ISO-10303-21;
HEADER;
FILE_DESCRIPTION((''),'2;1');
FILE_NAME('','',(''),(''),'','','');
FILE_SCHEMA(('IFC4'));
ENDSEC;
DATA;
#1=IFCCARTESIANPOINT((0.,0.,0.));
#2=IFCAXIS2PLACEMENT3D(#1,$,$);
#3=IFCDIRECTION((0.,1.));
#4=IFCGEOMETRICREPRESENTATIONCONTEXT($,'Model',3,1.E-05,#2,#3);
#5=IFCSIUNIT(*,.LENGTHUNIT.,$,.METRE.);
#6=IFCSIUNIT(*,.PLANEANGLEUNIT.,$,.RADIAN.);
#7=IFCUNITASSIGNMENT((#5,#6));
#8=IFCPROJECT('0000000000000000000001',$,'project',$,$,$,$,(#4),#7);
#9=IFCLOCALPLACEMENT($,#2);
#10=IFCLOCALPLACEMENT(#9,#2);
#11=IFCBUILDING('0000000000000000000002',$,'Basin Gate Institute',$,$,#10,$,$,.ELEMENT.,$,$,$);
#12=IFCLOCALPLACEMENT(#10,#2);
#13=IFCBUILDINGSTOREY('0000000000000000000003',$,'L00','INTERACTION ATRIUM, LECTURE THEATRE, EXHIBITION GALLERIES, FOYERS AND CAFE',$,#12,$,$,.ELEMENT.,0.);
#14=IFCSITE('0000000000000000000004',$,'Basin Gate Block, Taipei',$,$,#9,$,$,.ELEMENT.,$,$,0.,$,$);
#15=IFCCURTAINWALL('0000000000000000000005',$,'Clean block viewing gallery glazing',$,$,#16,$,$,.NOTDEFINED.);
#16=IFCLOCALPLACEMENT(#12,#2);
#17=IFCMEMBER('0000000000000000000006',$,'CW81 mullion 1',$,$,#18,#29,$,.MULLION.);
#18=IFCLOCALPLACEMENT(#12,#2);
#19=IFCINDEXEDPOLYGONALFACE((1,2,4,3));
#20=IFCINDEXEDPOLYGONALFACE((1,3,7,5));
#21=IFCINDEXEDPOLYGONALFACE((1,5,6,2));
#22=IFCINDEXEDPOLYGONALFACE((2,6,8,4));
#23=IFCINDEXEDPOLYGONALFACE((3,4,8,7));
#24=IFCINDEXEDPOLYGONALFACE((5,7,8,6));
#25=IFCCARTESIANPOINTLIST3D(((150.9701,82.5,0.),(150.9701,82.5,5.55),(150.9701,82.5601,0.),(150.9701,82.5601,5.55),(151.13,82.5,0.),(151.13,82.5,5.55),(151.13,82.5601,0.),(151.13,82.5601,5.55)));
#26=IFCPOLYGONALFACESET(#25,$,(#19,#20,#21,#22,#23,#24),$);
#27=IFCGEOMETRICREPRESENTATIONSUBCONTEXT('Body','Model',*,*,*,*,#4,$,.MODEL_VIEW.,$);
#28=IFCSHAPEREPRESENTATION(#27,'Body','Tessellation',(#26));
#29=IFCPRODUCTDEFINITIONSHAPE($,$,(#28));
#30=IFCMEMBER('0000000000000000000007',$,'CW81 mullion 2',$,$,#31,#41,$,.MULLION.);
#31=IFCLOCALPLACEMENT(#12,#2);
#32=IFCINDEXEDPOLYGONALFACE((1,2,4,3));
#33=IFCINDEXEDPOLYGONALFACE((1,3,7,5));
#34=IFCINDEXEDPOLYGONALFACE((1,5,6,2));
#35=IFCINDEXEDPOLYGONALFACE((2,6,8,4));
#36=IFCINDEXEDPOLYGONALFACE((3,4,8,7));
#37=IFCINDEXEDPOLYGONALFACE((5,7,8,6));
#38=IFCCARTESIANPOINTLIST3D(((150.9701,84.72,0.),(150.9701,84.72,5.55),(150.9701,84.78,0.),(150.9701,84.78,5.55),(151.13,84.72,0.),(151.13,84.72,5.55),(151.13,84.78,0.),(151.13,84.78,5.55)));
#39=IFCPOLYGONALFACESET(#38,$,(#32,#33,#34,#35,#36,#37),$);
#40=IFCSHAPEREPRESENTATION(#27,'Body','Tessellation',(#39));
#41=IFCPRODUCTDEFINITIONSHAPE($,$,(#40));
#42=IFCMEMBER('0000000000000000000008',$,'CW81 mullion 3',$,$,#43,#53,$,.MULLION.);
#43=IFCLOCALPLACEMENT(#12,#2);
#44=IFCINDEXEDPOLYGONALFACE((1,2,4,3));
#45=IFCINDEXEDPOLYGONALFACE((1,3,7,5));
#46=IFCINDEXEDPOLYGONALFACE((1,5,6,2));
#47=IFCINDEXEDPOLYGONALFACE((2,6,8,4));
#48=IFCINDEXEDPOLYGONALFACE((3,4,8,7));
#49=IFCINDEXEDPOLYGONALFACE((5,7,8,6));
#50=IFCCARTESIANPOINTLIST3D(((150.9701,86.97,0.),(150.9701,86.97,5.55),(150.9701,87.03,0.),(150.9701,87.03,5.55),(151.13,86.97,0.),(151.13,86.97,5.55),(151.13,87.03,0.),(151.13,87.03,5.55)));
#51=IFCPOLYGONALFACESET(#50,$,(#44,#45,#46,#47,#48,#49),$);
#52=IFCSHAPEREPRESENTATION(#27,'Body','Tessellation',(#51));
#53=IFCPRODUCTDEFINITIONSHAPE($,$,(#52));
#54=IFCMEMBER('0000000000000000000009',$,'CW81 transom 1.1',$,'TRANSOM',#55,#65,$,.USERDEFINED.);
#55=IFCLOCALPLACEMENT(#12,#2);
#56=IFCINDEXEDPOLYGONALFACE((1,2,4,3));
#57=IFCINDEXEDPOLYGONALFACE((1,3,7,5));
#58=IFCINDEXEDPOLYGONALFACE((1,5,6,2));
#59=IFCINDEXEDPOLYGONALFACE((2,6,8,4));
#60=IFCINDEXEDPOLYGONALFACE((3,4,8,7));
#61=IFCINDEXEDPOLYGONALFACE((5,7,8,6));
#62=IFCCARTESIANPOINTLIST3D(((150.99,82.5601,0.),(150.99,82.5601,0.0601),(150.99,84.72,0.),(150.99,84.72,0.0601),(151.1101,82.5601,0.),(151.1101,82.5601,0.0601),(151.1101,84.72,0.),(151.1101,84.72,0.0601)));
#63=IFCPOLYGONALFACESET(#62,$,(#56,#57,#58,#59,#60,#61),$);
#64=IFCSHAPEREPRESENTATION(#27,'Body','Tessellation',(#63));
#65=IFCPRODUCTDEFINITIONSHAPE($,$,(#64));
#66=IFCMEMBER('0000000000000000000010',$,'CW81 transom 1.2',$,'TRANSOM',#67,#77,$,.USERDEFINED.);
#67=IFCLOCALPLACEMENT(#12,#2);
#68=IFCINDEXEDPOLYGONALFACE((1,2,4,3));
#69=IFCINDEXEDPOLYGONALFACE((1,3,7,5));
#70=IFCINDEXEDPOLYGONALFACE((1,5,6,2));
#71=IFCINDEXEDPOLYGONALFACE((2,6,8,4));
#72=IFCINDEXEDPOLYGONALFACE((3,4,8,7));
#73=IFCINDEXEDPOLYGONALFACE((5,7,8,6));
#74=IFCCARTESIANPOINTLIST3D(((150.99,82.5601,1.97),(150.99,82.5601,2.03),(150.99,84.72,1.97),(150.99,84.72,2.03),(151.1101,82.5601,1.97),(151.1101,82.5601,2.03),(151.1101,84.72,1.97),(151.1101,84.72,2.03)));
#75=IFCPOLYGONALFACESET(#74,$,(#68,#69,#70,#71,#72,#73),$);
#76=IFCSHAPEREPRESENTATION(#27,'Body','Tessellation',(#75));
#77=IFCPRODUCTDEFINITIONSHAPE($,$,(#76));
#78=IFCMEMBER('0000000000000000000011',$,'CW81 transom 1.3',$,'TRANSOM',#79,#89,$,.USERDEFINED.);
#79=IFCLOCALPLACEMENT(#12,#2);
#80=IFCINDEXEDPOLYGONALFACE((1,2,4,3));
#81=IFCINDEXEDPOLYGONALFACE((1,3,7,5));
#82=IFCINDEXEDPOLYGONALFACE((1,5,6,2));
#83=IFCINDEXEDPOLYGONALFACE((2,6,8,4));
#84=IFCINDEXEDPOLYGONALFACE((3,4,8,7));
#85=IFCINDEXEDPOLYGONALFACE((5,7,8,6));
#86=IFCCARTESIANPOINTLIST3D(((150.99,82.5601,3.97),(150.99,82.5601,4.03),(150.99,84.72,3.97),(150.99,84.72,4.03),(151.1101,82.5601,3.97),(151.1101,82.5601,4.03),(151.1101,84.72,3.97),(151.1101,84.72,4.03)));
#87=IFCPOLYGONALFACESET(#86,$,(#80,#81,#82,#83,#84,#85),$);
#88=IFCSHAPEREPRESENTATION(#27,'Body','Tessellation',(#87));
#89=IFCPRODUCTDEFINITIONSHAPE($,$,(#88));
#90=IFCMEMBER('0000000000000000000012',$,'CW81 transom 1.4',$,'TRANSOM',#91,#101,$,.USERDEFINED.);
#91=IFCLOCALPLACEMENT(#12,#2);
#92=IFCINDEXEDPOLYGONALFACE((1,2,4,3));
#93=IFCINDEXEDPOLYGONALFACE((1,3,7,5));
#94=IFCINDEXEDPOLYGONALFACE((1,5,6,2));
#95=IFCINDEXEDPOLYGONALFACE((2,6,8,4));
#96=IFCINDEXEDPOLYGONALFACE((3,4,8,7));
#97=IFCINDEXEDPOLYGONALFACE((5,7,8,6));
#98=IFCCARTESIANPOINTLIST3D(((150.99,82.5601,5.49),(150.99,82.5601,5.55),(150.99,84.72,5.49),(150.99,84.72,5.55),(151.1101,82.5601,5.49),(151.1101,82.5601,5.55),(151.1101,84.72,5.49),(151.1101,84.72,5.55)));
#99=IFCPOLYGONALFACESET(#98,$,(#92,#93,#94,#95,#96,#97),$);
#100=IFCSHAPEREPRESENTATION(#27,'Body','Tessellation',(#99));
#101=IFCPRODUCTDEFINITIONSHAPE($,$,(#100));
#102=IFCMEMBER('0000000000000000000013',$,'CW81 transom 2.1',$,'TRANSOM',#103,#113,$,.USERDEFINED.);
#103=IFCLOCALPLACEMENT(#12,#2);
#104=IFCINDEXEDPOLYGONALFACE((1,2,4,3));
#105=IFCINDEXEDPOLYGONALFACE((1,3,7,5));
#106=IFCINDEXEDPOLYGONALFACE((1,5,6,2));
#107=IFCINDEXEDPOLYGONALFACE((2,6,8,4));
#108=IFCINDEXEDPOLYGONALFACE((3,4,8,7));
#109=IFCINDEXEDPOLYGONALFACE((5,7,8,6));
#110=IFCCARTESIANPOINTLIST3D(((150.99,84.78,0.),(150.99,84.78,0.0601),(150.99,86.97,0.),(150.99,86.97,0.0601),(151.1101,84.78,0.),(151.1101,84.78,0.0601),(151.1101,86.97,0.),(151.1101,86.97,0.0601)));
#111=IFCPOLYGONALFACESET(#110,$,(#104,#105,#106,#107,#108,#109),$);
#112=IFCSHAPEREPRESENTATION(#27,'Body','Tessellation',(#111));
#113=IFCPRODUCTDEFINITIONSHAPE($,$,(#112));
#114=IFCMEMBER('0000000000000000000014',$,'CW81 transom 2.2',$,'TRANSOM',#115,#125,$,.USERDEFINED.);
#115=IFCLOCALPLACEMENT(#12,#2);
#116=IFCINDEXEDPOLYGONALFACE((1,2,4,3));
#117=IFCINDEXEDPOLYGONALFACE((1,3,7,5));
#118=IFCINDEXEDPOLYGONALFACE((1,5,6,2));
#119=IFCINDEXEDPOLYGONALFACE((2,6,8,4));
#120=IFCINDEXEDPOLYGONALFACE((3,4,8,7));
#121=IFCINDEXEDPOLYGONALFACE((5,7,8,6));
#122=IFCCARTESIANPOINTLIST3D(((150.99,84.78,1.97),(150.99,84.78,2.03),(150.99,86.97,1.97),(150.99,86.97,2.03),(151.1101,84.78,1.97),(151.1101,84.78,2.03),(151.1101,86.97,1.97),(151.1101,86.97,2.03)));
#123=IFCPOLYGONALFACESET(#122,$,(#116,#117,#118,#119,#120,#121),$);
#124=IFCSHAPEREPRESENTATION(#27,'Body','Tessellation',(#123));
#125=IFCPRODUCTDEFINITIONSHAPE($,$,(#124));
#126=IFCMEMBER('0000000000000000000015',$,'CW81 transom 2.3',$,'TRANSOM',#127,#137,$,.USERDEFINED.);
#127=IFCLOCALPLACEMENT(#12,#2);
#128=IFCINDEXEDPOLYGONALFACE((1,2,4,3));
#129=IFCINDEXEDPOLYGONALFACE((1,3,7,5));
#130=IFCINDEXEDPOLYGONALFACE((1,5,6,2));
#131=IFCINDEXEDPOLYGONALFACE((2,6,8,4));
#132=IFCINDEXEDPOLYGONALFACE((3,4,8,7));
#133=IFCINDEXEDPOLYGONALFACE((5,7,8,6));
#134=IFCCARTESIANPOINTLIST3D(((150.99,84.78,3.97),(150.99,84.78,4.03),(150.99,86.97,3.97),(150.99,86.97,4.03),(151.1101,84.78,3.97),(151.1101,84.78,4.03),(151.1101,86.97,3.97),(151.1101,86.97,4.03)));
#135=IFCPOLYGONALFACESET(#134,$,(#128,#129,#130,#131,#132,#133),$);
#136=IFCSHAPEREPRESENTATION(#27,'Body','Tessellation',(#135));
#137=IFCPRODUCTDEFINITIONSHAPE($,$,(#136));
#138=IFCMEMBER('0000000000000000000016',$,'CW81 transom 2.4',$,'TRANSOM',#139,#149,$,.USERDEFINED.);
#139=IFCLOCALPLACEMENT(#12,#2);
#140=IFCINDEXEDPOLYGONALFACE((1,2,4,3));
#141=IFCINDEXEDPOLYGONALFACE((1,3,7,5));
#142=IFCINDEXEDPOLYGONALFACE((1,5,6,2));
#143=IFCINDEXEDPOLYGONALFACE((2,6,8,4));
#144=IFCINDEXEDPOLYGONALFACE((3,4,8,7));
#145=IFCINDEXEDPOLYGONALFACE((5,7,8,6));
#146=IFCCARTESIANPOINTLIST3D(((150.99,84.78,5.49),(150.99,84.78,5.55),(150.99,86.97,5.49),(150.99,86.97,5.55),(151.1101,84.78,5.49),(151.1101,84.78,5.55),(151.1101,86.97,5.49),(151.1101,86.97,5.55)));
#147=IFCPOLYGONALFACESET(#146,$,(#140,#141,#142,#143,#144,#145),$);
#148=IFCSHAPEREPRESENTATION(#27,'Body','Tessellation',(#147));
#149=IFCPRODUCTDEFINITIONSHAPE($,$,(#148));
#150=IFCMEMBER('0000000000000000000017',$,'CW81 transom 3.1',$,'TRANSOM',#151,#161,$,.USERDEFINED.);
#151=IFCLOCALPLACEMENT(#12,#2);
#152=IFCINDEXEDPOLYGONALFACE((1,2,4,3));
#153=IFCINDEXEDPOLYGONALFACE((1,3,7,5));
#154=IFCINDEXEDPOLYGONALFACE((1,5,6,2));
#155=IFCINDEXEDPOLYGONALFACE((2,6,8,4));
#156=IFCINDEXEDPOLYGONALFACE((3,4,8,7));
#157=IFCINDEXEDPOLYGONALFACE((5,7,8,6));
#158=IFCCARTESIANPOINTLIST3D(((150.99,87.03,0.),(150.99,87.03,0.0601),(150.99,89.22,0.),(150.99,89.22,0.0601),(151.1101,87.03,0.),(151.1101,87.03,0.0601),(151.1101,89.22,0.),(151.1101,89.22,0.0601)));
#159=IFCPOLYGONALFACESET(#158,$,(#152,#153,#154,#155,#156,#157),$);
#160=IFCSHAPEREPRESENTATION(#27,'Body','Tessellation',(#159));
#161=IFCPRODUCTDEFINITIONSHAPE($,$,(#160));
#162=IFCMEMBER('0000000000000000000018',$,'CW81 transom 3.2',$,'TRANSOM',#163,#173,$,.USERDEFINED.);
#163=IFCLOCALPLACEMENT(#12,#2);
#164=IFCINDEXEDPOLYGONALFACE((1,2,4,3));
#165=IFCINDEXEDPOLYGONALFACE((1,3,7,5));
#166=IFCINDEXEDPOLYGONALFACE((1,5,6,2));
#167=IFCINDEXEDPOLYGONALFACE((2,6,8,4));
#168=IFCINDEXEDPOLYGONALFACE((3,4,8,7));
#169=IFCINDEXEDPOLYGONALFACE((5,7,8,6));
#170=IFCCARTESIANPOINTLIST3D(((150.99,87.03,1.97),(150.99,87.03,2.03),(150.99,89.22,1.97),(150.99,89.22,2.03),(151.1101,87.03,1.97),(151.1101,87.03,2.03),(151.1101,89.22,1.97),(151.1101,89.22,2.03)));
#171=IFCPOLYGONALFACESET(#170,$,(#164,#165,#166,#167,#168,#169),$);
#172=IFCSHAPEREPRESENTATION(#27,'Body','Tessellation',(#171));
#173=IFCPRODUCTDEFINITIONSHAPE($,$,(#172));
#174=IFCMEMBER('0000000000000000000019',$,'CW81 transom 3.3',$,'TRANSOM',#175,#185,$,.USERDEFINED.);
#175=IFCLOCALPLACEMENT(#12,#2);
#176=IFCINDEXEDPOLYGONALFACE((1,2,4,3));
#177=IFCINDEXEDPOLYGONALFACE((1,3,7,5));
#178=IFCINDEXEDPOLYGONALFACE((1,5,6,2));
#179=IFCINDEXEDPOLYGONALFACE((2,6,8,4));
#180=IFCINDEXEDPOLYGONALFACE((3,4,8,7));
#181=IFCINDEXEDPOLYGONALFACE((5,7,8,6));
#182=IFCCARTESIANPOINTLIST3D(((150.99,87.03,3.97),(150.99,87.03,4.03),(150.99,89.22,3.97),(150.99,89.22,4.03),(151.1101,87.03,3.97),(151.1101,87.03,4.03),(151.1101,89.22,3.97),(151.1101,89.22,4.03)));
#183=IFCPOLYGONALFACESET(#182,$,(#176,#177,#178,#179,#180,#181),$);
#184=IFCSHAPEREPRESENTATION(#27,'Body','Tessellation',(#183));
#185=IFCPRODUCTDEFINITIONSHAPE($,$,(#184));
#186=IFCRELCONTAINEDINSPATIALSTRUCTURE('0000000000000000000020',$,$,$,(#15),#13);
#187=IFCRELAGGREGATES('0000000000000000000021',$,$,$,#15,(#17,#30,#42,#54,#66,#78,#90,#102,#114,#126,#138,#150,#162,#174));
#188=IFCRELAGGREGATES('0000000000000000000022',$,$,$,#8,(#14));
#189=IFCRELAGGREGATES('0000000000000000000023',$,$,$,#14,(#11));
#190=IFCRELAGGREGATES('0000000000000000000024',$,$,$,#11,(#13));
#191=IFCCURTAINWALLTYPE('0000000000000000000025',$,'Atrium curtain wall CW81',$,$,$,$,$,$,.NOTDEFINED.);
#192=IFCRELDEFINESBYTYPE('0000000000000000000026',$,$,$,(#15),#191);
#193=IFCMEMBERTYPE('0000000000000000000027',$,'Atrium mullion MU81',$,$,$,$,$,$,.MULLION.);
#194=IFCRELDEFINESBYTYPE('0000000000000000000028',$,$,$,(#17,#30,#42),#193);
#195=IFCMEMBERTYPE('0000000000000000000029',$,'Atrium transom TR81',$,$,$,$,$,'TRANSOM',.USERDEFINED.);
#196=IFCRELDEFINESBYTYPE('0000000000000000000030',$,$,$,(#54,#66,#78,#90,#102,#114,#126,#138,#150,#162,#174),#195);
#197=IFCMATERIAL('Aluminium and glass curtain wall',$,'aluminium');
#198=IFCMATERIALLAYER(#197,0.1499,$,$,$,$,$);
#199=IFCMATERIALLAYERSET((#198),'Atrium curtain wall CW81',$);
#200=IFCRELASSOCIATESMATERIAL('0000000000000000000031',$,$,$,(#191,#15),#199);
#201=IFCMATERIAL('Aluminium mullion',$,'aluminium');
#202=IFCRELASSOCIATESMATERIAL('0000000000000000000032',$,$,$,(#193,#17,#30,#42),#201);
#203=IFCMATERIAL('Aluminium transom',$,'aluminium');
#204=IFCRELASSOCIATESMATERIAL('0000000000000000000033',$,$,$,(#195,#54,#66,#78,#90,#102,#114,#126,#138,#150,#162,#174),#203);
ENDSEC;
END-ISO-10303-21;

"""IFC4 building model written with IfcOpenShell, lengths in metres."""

from ifc_helpers import new_model, si_unit, direction, frame, origin, origin_2d, place, context, subcontext, project, spatial, rectangle, extrude, material, layer, layer_set, material_profile, profile_set, type_object, element, aggregate, save


model = new_model("IFC4")

# Units and contexts
model_context = context("Model", 3, precision=1e-05, world=origin(), true_north=direction((0.0, 1.0)))
body_context = subcontext(model_context, "Body", "Model", "MODEL_VIEW")
ifc_project = project(units=[si_unit("LENGTHUNIT", "METRE"), si_unit("PLANEANGLEUNIT", "RADIAN")], contexts=[model_context])

# Site, building, storey
site_placement = place(None, origin())
site = spatial("IfcSite", under=ifc_project, at=site_placement, Name="Basin Gate Block, Taipei", CompositionType="ELEMENT", RefElevation=0.0)
building_placement = place(site_placement, origin())
building = spatial("IfcBuilding", under=site, at=building_placement, Name="Basin Gate Institute", CompositionType="ELEMENT")
storey_placement = place(building_placement, origin())
storey = spatial("IfcBuildingStorey", under=building, at=storey_placement, Name="L00", Description="INTERACTION ATRIUM, LECTURE THEATRE, EXHIBITION GALLERIES, FOYERS AND CAFE", CompositionType="ELEMENT", Elevation=0.0)

# Curtain wall, members
ifc_material_1 = material(Name="Aluminium and glass curtain wall", Category="aluminium")
ifc_layer_1 = layer(ifc_material_1, 0.1499)
ifc_layer_set_1 = layer_set([ifc_layer_1], Name="Atrium curtain wall CW81")
curtain_wall_type = type_object("IfcCurtainWallType", Name="Atrium curtain wall CW81", PredefinedType="NOTDEFINED", material=ifc_layer_set_1)
curtain_wall_placement = place(storey_placement, origin())
curtain_wall = element("IfcCurtainWall", 1, at=curtain_wall_placement, inside=storey, type_object=curtain_wall_type, material=ifc_layer_set_1, Name="Clean block viewing gallery glazing", PredefinedType="NOTDEFINED")
ifc_material_2 = material(Name="Aluminium mullion", Category="aluminium")
ifc_material_profile_1 = material_profile(ifc_material_2, rectangle(XDim=0.1599, YDim=0.0601, at=origin_2d()), Name="Atrium mullion MU81 160 x 60")
ifc_profile_set_1 = profile_set([ifc_material_profile_1], Name="Aluminium mullion")
member_type_1 = type_object("IfcMemberType", Name="Atrium mullion MU81", PredefinedType="MULLION", material=ifc_profile_set_1)
member_1_placement = place(storey_placement, frame((151.05, 82.53, 0.0), z_axis=(0.0, 0.0, 1.0), x_axis=(-1.0, 0.0, 0.0)))
member_1 = element("IfcMember", 2, at=member_1_placement, type_object=member_type_1, material=ifc_profile_set_1, Name="CW81 mullion 1", PredefinedType="MULLION", context=body_context, shape_type="SweptSolid", body=[
    extrude(rectangle(XDim=0.1599, YDim=0.0601, at=origin_2d()), origin(), (0.0, 0.0, 1.0), 5.55),
])
member_2_placement = place(storey_placement, frame((151.05, 84.75, 0.0), z_axis=(0.0, 0.0, 1.0), x_axis=(-1.0, 0.0, 0.0)))
member_2 = element("IfcMember", 3, at=member_2_placement, type_object=member_type_1, material=ifc_profile_set_1, Name="CW81 mullion 2", PredefinedType="MULLION", context=body_context, shape_type="SweptSolid", body=[
    extrude(rectangle(XDim=0.1599, YDim=0.0601, at=origin_2d()), origin(), (0.0, 0.0, 1.0), 5.55),
])
member_3_placement = place(storey_placement, frame((151.05, 87.0, 0.0), z_axis=(0.0, 0.0, 1.0), x_axis=(-1.0, 0.0, 0.0)))
member_3 = element("IfcMember", 4, at=member_3_placement, type_object=member_type_1, material=ifc_profile_set_1, Name="CW81 mullion 3", PredefinedType="MULLION", context=body_context, shape_type="SweptSolid", body=[
    extrude(rectangle(XDim=0.1599, YDim=0.0601, at=origin_2d()), origin(), (0.0, 0.0, 1.0), 5.55),
])
ifc_material_3 = material(Name="Aluminium transom", Category="aluminium")
ifc_material_profile_2 = material_profile(ifc_material_3, rectangle(XDim=0.1201, YDim=0.0601, at=origin_2d()), Name="Atrium transom TR81 120 x 60")
ifc_profile_set_2 = profile_set([ifc_material_profile_2], Name="Aluminium transom")
member_type_2 = type_object("IfcMemberType", Name="Atrium transom TR81", ElementType="TRANSOM", PredefinedType="USERDEFINED", material=ifc_profile_set_2)
member_4_placement = place(storey_placement, frame((151.05, 82.5601, 0.03), z_axis=(0.0, 1.0, 0.0), x_axis=(-1.0, 0.0, 0.0)))
member_4 = element("IfcMember", 5, at=member_4_placement, type_object=member_type_2, material=ifc_profile_set_2, Name="CW81 transom 1.1", ObjectType="TRANSOM", PredefinedType="USERDEFINED", context=body_context, shape_type="SweptSolid", body=[
    extrude(rectangle(XDim=0.1201, YDim=0.0601, at=origin_2d()), origin(), (0.0, 0.0, 1.0), 2.1599),
])
member_5_placement = place(storey_placement, frame((151.05, 82.5601, 2.0), z_axis=(0.0, 1.0, 0.0), x_axis=(-1.0, 0.0, 0.0)))
member_5 = element("IfcMember", 6, at=member_5_placement, type_object=member_type_2, material=ifc_profile_set_2, Name="CW81 transom 1.2", ObjectType="TRANSOM", PredefinedType="USERDEFINED", context=body_context, shape_type="SweptSolid", body=[
    extrude(rectangle(XDim=0.1201, YDim=0.0601, at=origin_2d()), origin(), (0.0, 0.0, 1.0), 2.1599),
])
member_6_placement = place(storey_placement, frame((151.05, 82.5601, 4.0), z_axis=(0.0, 1.0, 0.0), x_axis=(-1.0, 0.0, 0.0)))
member_6 = element("IfcMember", 7, at=member_6_placement, type_object=member_type_2, material=ifc_profile_set_2, Name="CW81 transom 1.3", ObjectType="TRANSOM", PredefinedType="USERDEFINED", context=body_context, shape_type="SweptSolid", body=[
    extrude(rectangle(XDim=0.1201, YDim=0.0601, at=origin_2d()), origin(), (0.0, 0.0, 1.0), 2.1599),
])
member_7_placement = place(storey_placement, frame((151.05, 82.5601, 5.52), z_axis=(0.0, 1.0, 0.0), x_axis=(-1.0, 0.0, 0.0)))
member_7 = element("IfcMember", 8, at=member_7_placement, type_object=member_type_2, material=ifc_profile_set_2, Name="CW81 transom 1.4", ObjectType="TRANSOM", PredefinedType="USERDEFINED", context=body_context, shape_type="SweptSolid", body=[
    extrude(rectangle(XDim=0.1201, YDim=0.0601, at=origin_2d()), origin(), (0.0, 0.0, 1.0), 2.1599),
])
member_8_placement = place(storey_placement, frame((151.05, 84.78, 0.03), z_axis=(0.0, 1.0, 0.0), x_axis=(-1.0, 0.0, 0.0)))
member_8 = element("IfcMember", 9, at=member_8_placement, type_object=member_type_2, material=ifc_profile_set_2, Name="CW81 transom 2.1", ObjectType="TRANSOM", PredefinedType="USERDEFINED", context=body_context, shape_type="SweptSolid", body=[
    extrude(rectangle(XDim=0.1201, YDim=0.0601, at=origin_2d()), origin(), (0.0, 0.0, 1.0), 2.1899),
])
member_9_placement = place(storey_placement, frame((151.05, 84.78, 2.0), z_axis=(0.0, 1.0, 0.0), x_axis=(-1.0, 0.0, 0.0)))
member_9 = element("IfcMember", 10, at=member_9_placement, type_object=member_type_2, material=ifc_profile_set_2, Name="CW81 transom 2.2", ObjectType="TRANSOM", PredefinedType="USERDEFINED", context=body_context, shape_type="SweptSolid", body=[
    extrude(rectangle(XDim=0.1201, YDim=0.0601, at=origin_2d()), origin(), (0.0, 0.0, 1.0), 2.1899),
])
member_10_placement = place(storey_placement, frame((151.05, 84.78, 4.0), z_axis=(0.0, 1.0, 0.0), x_axis=(-1.0, 0.0, 0.0)))
member_10 = element("IfcMember", 11, at=member_10_placement, type_object=member_type_2, material=ifc_profile_set_2, Name="CW81 transom 2.3", ObjectType="TRANSOM", PredefinedType="USERDEFINED", context=body_context, shape_type="SweptSolid", body=[
    extrude(rectangle(XDim=0.1201, YDim=0.0601, at=origin_2d()), origin(), (0.0, 0.0, 1.0), 2.1899),
])
member_11_placement = place(storey_placement, frame((151.05, 84.78, 5.52), z_axis=(0.0, 1.0, 0.0), x_axis=(-1.0, 0.0, 0.0)))
member_11 = element("IfcMember", 12, at=member_11_placement, type_object=member_type_2, material=ifc_profile_set_2, Name="CW81 transom 2.4", ObjectType="TRANSOM", PredefinedType="USERDEFINED", context=body_context, shape_type="SweptSolid", body=[
    extrude(rectangle(XDim=0.1201, YDim=0.0601, at=origin_2d()), origin(), (0.0, 0.0, 1.0), 2.1899),
])
member_12_placement = place(storey_placement, frame((151.05, 87.03, 0.03), z_axis=(0.0, 1.0, 0.0), x_axis=(-1.0, 0.0, 0.0)))
member_12 = element("IfcMember", 13, at=member_12_placement, type_object=member_type_2, material=ifc_profile_set_2, Name="CW81 transom 3.1", ObjectType="TRANSOM", PredefinedType="USERDEFINED", context=body_context, shape_type="SweptSolid", body=[
    extrude(rectangle(XDim=0.1201, YDim=0.0601, at=origin_2d()), origin(), (0.0, 0.0, 1.0), 2.1899),
])
member_13_placement = place(storey_placement, frame((151.05, 87.03, 2.0), z_axis=(0.0, 1.0, 0.0), x_axis=(-1.0, 0.0, 0.0)))
member_13 = element("IfcMember", 14, at=member_13_placement, type_object=member_type_2, material=ifc_profile_set_2, Name="CW81 transom 3.2", ObjectType="TRANSOM", PredefinedType="USERDEFINED", context=body_context, shape_type="SweptSolid", body=[
    extrude(rectangle(XDim=0.1201, YDim=0.0601, at=origin_2d()), origin(), (0.0, 0.0, 1.0), 2.1899),
])
member_14_placement = place(storey_placement, frame((151.05, 87.03, 4.0), z_axis=(0.0, 1.0, 0.0), x_axis=(-1.0, 0.0, 0.0)))
member_14 = element("IfcMember", 15, at=member_14_placement, type_object=member_type_2, material=ifc_profile_set_2, Name="CW81 transom 3.3", ObjectType="TRANSOM", PredefinedType="USERDEFINED", context=body_context, shape_type="SweptSolid", body=[
    extrude(rectangle(XDim=0.1201, YDim=0.0601, at=origin_2d()), origin(), (0.0, 0.0, 1.0), 2.1899),
])
aggregate(curtain_wall, [member_1, member_2, member_3, member_4, member_5, member_6, member_7, member_8, member_9, member_10, member_11, member_12, member_13, member_14])

save(model, "model.ifc")
